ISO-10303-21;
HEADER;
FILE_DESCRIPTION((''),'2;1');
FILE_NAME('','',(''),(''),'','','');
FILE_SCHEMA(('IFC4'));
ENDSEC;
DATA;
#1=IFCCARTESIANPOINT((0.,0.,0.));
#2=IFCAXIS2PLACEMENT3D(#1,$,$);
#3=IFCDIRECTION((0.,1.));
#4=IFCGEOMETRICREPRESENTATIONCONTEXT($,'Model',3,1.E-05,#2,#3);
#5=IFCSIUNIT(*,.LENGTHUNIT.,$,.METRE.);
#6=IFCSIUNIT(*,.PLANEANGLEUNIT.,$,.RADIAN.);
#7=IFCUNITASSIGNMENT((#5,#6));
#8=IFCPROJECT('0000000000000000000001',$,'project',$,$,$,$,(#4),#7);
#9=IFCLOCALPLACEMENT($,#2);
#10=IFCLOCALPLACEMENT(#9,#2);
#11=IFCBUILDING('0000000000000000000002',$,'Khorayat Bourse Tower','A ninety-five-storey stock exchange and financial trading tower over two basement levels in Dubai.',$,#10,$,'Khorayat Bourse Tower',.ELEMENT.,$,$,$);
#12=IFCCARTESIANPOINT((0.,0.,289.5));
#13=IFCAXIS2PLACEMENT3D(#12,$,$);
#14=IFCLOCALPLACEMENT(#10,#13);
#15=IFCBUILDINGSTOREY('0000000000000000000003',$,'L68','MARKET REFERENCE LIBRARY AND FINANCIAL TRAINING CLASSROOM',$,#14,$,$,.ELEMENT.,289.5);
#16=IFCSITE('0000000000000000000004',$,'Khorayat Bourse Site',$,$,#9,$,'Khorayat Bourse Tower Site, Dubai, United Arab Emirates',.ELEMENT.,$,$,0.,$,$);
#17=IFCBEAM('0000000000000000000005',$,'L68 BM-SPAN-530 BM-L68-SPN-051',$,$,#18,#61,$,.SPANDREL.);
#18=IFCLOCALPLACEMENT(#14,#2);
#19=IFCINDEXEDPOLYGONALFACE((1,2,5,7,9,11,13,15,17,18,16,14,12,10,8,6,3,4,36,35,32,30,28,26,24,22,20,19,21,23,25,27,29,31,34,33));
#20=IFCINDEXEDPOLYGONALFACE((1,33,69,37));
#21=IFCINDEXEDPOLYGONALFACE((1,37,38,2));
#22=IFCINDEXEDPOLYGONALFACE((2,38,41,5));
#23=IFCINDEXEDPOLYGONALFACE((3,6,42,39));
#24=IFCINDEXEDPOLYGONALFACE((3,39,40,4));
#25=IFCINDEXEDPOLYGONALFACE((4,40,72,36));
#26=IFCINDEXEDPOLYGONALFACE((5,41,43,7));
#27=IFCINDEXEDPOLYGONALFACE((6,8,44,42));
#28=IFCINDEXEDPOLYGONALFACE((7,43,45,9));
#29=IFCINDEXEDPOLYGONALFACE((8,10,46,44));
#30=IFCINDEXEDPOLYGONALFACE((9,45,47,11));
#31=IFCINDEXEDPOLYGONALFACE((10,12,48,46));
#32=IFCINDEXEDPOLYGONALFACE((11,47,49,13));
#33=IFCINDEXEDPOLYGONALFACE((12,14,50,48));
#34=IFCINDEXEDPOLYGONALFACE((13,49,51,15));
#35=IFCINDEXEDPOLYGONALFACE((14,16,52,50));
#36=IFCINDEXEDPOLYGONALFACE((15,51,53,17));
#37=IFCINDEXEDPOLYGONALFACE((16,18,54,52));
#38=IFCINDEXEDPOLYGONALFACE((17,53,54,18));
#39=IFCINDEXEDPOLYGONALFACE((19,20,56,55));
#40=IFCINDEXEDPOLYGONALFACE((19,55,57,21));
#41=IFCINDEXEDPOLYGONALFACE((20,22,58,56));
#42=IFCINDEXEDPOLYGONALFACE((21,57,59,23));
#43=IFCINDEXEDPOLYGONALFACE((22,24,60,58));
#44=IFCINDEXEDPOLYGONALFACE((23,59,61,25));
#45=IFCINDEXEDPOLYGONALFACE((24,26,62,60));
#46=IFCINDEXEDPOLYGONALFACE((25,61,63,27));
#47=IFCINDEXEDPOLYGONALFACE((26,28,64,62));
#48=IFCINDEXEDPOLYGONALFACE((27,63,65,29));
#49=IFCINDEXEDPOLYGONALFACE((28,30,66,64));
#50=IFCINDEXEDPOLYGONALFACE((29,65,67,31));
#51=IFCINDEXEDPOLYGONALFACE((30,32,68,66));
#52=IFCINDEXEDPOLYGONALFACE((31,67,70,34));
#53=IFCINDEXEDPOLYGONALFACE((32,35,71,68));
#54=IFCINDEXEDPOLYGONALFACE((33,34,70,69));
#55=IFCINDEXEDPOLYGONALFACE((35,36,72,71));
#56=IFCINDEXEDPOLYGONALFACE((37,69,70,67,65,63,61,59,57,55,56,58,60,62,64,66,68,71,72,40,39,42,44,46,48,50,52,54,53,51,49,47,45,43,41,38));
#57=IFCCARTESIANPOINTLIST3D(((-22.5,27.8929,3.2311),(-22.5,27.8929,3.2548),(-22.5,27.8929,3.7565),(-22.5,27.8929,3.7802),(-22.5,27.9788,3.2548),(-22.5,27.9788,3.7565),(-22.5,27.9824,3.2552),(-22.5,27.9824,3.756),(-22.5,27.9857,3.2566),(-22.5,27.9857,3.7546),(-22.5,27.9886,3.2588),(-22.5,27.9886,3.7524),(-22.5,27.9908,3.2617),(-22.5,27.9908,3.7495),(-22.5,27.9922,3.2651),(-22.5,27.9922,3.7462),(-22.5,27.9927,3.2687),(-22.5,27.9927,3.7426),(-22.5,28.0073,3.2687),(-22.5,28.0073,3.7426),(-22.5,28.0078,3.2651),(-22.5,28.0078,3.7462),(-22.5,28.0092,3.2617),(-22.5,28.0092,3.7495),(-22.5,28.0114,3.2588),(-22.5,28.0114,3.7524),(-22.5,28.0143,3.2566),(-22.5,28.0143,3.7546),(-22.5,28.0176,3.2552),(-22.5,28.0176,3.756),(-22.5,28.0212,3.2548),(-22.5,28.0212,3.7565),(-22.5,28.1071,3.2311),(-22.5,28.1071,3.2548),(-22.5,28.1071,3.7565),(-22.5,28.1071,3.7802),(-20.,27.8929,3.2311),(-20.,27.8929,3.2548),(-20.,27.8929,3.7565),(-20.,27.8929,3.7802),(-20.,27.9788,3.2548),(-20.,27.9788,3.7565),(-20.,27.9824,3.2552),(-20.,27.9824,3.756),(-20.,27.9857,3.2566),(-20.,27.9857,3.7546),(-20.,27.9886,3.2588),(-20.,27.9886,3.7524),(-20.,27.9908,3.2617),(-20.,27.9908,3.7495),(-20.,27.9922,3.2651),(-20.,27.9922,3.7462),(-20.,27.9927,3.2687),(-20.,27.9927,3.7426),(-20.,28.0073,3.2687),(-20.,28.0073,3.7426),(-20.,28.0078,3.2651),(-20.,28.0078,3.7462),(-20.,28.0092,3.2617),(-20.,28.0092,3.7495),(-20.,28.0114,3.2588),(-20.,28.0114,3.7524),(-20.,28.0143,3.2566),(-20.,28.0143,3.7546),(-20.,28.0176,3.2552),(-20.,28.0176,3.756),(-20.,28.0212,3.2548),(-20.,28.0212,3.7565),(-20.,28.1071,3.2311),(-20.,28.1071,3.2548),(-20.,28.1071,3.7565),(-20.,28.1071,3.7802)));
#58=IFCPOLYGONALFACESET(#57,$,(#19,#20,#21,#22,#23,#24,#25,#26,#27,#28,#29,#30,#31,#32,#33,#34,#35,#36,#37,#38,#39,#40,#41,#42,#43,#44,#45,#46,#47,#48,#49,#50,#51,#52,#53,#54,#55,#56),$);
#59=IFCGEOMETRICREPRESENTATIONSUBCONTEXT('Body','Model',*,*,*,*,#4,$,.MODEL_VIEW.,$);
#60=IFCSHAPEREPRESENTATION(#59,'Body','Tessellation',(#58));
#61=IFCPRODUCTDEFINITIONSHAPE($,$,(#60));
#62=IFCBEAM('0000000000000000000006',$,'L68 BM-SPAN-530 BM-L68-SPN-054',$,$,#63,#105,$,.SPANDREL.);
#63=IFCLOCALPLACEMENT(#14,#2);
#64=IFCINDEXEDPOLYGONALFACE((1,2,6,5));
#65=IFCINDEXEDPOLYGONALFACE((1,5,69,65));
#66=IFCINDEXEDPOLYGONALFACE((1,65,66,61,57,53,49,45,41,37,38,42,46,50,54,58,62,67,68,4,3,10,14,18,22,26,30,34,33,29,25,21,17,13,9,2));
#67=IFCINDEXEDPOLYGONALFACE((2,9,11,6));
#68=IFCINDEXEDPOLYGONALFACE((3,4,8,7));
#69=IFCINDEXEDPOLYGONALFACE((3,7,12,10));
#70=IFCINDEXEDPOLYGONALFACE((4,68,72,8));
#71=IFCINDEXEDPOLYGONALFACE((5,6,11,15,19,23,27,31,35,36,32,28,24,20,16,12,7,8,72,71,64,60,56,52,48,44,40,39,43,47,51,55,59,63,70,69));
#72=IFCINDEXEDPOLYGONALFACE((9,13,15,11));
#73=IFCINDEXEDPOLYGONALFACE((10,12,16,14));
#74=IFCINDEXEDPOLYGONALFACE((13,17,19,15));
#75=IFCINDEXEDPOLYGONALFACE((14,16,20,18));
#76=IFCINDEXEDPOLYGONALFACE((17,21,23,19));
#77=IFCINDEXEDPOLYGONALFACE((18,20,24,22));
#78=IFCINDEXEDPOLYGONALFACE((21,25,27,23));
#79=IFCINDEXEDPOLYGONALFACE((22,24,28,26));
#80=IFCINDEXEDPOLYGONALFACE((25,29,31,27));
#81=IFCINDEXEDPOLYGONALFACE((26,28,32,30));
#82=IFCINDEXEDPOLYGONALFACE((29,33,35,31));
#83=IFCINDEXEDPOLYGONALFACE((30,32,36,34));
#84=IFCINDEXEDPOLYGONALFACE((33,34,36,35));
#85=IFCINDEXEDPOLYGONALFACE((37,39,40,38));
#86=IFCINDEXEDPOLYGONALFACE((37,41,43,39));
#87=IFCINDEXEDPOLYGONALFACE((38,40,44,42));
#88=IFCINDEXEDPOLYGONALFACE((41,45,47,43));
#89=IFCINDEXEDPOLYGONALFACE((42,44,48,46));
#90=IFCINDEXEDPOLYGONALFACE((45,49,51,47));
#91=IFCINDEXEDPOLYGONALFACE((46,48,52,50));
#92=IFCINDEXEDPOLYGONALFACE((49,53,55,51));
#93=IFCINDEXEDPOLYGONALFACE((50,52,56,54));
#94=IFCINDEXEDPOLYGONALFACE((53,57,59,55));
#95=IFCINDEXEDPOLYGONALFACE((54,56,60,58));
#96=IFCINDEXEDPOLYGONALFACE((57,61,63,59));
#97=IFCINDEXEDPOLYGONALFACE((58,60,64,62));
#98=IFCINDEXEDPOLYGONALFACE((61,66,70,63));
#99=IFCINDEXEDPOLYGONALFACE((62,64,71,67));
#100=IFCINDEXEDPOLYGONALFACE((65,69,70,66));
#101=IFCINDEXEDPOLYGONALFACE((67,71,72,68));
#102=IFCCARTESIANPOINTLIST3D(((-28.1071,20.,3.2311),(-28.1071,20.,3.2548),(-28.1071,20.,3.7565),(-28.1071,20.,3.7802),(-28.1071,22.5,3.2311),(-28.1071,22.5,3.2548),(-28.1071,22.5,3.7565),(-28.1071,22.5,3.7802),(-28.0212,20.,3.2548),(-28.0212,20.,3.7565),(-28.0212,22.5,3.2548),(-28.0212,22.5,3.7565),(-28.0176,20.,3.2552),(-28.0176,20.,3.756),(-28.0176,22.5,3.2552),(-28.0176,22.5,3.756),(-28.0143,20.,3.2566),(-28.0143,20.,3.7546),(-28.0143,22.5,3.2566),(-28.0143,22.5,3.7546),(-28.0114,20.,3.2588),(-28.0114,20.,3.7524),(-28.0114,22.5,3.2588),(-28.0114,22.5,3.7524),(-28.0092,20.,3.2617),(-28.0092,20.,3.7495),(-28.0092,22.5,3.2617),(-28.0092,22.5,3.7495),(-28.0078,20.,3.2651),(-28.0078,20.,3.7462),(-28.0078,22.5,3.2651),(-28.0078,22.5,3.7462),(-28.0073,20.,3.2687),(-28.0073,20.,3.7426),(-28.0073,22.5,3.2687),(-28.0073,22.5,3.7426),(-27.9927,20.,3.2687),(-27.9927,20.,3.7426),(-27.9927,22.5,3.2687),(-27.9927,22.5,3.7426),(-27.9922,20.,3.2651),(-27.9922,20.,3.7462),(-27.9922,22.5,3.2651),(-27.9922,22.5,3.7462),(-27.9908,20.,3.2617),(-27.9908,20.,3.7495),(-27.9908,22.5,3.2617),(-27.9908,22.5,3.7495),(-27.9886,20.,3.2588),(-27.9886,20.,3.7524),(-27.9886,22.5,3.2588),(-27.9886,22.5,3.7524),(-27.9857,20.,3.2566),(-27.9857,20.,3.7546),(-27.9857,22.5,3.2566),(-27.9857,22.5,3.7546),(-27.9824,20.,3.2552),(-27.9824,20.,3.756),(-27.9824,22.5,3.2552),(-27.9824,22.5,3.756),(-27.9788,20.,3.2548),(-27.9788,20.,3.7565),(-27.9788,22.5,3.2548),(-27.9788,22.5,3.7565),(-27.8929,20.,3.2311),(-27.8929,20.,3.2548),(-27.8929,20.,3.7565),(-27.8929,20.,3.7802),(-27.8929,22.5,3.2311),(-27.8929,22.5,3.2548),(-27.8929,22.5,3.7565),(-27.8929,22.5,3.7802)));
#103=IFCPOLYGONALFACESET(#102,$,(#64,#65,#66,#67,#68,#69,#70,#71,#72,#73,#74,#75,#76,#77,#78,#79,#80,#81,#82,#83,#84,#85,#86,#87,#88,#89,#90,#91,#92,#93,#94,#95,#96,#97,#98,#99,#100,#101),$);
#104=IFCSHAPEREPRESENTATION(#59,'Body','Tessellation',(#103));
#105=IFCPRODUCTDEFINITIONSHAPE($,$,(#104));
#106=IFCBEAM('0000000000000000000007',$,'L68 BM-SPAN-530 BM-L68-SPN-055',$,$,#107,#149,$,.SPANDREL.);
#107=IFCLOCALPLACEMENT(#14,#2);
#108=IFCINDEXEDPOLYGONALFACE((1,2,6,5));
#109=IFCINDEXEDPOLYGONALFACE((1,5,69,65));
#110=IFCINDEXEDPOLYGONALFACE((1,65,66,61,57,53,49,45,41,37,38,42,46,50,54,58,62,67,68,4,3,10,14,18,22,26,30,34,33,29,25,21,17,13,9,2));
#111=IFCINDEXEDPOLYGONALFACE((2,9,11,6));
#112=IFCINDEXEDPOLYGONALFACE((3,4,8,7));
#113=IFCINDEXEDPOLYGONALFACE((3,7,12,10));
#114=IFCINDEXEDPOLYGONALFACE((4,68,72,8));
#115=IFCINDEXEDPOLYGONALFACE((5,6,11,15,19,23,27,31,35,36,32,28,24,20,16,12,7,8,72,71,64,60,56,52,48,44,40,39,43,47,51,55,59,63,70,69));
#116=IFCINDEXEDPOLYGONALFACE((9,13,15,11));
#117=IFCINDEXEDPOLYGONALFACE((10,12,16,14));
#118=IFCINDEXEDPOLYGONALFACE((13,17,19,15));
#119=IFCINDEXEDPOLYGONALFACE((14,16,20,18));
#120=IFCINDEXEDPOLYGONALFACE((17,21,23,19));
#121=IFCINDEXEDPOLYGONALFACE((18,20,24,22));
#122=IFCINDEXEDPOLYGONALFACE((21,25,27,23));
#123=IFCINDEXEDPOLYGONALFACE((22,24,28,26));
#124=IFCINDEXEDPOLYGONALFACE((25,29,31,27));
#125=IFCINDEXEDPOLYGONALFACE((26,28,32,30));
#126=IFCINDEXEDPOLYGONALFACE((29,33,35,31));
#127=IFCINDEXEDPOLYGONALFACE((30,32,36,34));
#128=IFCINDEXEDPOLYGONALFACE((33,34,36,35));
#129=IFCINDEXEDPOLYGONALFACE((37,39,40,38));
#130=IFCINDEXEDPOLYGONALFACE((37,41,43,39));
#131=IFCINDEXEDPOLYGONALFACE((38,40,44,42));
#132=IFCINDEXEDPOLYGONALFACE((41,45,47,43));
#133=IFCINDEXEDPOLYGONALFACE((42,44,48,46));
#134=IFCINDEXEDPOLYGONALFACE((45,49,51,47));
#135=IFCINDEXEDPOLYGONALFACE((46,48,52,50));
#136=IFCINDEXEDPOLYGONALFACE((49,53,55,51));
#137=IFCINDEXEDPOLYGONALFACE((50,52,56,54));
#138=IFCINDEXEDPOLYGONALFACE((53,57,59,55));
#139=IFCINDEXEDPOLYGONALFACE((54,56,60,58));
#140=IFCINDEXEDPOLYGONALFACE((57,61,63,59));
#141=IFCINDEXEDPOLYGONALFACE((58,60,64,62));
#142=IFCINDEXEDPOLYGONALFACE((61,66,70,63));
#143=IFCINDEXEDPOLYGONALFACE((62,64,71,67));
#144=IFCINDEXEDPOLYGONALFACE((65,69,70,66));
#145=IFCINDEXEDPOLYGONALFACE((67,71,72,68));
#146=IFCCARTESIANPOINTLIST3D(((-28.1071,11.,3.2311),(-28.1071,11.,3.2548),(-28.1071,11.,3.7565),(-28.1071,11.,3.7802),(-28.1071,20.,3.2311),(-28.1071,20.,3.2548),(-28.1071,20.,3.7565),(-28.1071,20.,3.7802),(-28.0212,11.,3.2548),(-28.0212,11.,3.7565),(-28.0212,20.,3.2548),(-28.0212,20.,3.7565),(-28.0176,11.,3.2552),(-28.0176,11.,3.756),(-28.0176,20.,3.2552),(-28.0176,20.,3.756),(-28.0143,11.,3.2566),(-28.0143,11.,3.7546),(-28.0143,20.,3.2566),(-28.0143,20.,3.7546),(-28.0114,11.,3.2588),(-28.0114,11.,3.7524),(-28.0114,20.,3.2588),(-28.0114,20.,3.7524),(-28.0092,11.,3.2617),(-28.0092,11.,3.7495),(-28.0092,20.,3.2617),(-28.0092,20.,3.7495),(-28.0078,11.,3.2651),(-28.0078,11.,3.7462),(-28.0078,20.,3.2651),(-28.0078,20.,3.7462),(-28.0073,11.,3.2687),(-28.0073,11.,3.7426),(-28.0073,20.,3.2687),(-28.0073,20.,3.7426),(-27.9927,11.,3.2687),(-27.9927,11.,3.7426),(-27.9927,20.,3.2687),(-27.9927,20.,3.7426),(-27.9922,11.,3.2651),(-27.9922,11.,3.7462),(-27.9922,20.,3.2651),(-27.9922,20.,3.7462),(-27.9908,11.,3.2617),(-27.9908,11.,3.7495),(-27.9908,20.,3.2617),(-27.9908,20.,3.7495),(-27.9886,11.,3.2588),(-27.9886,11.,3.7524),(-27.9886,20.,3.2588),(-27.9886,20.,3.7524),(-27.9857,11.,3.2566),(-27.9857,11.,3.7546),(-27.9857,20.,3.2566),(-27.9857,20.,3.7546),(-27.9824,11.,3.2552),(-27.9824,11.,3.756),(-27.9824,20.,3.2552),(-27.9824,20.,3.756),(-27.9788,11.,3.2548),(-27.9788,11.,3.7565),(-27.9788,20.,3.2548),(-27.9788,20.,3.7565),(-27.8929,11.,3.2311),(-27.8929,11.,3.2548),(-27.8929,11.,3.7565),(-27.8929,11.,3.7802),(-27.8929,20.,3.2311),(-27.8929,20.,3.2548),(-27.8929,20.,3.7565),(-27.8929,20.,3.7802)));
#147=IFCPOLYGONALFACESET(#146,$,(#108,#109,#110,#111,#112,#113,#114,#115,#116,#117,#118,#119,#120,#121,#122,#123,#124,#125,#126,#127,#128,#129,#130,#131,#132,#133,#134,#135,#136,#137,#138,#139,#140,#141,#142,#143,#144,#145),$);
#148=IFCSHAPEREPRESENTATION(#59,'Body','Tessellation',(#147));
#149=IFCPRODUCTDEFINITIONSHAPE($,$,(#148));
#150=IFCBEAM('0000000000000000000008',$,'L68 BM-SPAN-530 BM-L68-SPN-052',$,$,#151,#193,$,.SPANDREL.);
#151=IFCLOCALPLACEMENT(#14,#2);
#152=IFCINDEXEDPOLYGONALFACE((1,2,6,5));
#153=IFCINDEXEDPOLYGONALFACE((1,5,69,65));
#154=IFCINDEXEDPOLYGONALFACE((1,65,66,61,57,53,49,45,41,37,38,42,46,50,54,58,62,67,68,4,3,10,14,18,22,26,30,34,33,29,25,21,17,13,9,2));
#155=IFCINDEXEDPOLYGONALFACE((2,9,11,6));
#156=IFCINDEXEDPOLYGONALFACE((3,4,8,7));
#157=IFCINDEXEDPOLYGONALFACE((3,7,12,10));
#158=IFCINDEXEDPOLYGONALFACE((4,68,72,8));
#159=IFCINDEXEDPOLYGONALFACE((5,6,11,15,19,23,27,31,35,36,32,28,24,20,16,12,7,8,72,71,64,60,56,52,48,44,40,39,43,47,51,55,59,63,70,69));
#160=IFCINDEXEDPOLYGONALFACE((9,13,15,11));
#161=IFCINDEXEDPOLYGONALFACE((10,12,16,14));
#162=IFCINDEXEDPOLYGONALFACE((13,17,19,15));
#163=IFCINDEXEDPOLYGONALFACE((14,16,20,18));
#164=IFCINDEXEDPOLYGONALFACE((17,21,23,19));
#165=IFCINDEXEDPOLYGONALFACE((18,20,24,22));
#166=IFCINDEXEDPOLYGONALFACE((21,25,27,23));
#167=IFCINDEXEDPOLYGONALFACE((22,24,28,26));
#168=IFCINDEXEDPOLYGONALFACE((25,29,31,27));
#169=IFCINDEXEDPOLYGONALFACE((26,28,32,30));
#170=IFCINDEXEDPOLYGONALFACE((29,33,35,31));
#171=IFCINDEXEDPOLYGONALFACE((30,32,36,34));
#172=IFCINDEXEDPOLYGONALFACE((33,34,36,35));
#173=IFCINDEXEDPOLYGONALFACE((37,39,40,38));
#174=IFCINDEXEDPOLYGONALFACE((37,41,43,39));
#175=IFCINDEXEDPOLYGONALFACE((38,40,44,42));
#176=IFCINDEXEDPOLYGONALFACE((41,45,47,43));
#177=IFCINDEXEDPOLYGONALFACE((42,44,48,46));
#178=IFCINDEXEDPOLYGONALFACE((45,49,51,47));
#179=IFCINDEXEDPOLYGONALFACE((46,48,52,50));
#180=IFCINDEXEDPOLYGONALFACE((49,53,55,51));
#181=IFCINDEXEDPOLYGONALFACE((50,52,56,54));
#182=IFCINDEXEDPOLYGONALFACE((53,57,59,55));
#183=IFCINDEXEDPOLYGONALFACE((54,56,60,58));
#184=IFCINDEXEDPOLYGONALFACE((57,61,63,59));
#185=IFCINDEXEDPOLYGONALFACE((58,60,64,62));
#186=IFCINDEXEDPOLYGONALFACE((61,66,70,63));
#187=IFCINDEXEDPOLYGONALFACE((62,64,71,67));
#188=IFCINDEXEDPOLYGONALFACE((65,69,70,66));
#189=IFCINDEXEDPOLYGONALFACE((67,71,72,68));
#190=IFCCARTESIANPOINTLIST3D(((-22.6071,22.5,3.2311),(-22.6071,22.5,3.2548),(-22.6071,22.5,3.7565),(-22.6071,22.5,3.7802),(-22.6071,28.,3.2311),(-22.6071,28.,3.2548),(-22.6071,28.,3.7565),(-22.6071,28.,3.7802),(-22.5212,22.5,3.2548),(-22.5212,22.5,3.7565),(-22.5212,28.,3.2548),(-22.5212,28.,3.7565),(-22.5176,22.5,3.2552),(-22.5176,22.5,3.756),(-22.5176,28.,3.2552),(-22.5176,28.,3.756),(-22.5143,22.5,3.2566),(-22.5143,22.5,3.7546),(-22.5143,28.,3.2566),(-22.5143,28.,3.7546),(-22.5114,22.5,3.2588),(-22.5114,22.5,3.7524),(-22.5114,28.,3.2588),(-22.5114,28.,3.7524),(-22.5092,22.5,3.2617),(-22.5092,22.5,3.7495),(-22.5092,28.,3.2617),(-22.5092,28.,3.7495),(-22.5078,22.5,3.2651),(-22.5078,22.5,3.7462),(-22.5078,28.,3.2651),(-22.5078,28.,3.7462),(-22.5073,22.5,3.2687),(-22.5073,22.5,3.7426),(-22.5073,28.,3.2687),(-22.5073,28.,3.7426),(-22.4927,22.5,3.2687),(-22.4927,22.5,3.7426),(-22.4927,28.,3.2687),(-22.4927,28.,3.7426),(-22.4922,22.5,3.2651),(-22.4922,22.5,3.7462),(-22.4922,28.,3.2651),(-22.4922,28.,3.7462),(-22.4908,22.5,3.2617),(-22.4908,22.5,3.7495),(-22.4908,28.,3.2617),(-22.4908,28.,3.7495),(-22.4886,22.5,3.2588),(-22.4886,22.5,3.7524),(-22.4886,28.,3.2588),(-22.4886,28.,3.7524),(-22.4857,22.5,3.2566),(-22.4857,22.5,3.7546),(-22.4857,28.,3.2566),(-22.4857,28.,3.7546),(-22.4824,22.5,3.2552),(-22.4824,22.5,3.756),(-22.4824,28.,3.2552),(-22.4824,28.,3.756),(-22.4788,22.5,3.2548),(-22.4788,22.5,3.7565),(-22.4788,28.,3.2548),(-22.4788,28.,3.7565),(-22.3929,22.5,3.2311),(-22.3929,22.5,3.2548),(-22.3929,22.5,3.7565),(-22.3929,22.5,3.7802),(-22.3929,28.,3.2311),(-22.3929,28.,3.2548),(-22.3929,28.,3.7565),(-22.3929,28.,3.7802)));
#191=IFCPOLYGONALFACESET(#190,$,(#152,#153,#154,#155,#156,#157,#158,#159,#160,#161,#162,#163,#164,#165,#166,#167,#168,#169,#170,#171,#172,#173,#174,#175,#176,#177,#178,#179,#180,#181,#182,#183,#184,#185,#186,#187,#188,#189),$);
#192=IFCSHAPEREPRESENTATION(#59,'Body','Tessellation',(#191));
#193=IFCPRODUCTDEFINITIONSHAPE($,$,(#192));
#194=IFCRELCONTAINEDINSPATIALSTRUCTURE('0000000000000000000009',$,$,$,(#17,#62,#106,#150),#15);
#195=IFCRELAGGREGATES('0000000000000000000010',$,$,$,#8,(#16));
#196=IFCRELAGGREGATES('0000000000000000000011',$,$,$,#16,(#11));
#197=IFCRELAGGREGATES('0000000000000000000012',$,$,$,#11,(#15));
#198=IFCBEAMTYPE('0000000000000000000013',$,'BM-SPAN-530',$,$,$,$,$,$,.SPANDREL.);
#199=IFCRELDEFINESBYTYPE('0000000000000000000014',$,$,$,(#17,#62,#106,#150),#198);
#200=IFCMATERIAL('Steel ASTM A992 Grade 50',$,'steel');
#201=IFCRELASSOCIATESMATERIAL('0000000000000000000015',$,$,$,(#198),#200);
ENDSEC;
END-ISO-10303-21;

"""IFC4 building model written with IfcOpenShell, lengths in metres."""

from ifc_helpers import new_model, si_unit, direction, frame, origin, origin_2d, place, context, subcontext, project, spatial, i_section, extrude, source, transform, mapped, material, material_profile, profile_set, type_object, element, save


model = new_model("IFC4")

# Units and contexts
model_context = context("Model", 3, precision=1e-05, world=origin(), true_north=direction((0.0, 1.0)))
body_context = subcontext(model_context, "Body", "Model", "MODEL_VIEW")
ifc_project = project(units=[si_unit("LENGTHUNIT", "METRE"), si_unit("PLANEANGLEUNIT", "RADIAN")], contexts=[model_context])

# Site, building, storey
site_placement = place(None, origin())
site = spatial("IfcSite", under=ifc_project, at=site_placement, Name="Khorayat Bourse Site", LongName="Khorayat Bourse Tower Site, Dubai, United Arab Emirates", CompositionType="ELEMENT", RefElevation=0.0)
building_placement = place(site_placement, origin())
building = spatial("IfcBuilding", under=site, at=building_placement, Name="Khorayat Bourse Tower", Description="A ninety-five-storey stock exchange and financial trading tower over two basement levels in Dubai.", LongName="Khorayat Bourse Tower", CompositionType="ELEMENT")
storey_placement = place(building_placement, frame((0.0, 0.0, 289.5)))
storey = spatial("IfcBuildingStorey", under=building, at=storey_placement, Name="L68", Description="MARKET REFERENCE LIBRARY AND FINANCIAL TRAINING CLASSROOM", CompositionType="ELEMENT", Elevation=289.5)

# Beams
ifc_material_1 = material(Name="Steel ASTM A992 Grade 50", Category="steel")
ifc_material_profile_1 = material_profile(ifc_material_1, i_section(OverallWidth=0.2141, OverallDepth=0.5491, WebThickness=0.0146, FlangeThickness=0.0237, FilletRadius=0.0139, at=origin_2d()), Name="W530X138")
ifc_profile_set_1 = profile_set([ifc_material_profile_1], Name="Steel ASTM A992 Grade 50")
beam_type_1 = type_object("IfcBeamType", Name="BM-SPAN-530", PredefinedType="SPANDREL", material=ifc_profile_set_1)
shared_shape_1 = source(origin(), body_context, "Body", "SweptSolid", [
    extrude(i_section(OverallWidth=0.2141, OverallDepth=0.5491, WebThickness=0.0146, FlangeThickness=0.0237, FilletRadius=0.0139, at=origin_2d()), origin(), (0.0, 0.0, 1.0), 2.5),
])
for number, where, z_axis, x_axis, name in (
    (1, (-22.5, 28.0, 3.5056), (1.0, 0.0, 0.0), (0.0, 1.0, 0.0), "L68 BM-SPAN-530 BM-L68-SPN-051"),
    (2, (-28.0, 20.0, 3.5056), (0.0, 1.0, 0.0), (-1.0, 0.0, 0.0), "L68 BM-SPAN-530 BM-L68-SPN-054"),
):
    element("IfcBeam", number, at=place(storey_placement, frame(where, z_axis=z_axis, x_axis=x_axis)), inside=storey, type_object=beam_type_1, Name=name, PredefinedType="SPANDREL", context=body_context, shape_type="MappedRepresentation", body=[
        mapped(shared_shape_1, transform((0.0, 0.0, 0.0), scale=1.0)),
    ])
shared_shape_2 = source(origin(), body_context, "Body", "SweptSolid", [
    extrude(i_section(OverallWidth=0.2141, OverallDepth=0.5491, WebThickness=0.0146, FlangeThickness=0.0237, FilletRadius=0.0139, at=origin_2d()), origin(), (0.0, 0.0, 1.0), 9.0),
])
beam_1_placement = place(storey_placement, frame((-28.0, 11.0, 3.5056), z_axis=(0.0, 1.0, 0.0), x_axis=(-1.0, 0.0, 0.0)))
element("IfcBeam", 3, at=beam_1_placement, inside=storey, type_object=beam_type_1, Name="L68 BM-SPAN-530 BM-L68-SPN-055", PredefinedType="SPANDREL", context=body_context, shape_type="MappedRepresentation", body=[
    mapped(shared_shape_2, transform((0.0, 0.0, 0.0), scale=1.0)),
])
shared_shape_3 = source(origin(), body_context, "Body", "SweptSolid", [
    extrude(i_section(OverallWidth=0.2141, OverallDepth=0.5491, WebThickness=0.0146, FlangeThickness=0.0237, FilletRadius=0.0139, at=origin_2d()), origin(), (0.0, 0.0, 1.0), 5.5),
])
for number, where, z_axis, x_axis, name in (
    (4, (-22.5, 22.5, 3.5056), (0.0, 1.0, 0.0), (-1.0, 0.0, 0.0), "L68 BM-SPAN-530 BM-L68-SPN-052"),
):
    element("IfcBeam", number, at=place(storey_placement, frame(where, z_axis=z_axis, x_axis=x_axis)), inside=storey, type_object=beam_type_1, Name=name, PredefinedType="SPANDREL", context=body_context, shape_type="MappedRepresentation", body=[
        mapped(shared_shape_3, transform((0.0, 0.0, 0.0), scale=1.0)),
    ])

save(model, "model.ifc")
